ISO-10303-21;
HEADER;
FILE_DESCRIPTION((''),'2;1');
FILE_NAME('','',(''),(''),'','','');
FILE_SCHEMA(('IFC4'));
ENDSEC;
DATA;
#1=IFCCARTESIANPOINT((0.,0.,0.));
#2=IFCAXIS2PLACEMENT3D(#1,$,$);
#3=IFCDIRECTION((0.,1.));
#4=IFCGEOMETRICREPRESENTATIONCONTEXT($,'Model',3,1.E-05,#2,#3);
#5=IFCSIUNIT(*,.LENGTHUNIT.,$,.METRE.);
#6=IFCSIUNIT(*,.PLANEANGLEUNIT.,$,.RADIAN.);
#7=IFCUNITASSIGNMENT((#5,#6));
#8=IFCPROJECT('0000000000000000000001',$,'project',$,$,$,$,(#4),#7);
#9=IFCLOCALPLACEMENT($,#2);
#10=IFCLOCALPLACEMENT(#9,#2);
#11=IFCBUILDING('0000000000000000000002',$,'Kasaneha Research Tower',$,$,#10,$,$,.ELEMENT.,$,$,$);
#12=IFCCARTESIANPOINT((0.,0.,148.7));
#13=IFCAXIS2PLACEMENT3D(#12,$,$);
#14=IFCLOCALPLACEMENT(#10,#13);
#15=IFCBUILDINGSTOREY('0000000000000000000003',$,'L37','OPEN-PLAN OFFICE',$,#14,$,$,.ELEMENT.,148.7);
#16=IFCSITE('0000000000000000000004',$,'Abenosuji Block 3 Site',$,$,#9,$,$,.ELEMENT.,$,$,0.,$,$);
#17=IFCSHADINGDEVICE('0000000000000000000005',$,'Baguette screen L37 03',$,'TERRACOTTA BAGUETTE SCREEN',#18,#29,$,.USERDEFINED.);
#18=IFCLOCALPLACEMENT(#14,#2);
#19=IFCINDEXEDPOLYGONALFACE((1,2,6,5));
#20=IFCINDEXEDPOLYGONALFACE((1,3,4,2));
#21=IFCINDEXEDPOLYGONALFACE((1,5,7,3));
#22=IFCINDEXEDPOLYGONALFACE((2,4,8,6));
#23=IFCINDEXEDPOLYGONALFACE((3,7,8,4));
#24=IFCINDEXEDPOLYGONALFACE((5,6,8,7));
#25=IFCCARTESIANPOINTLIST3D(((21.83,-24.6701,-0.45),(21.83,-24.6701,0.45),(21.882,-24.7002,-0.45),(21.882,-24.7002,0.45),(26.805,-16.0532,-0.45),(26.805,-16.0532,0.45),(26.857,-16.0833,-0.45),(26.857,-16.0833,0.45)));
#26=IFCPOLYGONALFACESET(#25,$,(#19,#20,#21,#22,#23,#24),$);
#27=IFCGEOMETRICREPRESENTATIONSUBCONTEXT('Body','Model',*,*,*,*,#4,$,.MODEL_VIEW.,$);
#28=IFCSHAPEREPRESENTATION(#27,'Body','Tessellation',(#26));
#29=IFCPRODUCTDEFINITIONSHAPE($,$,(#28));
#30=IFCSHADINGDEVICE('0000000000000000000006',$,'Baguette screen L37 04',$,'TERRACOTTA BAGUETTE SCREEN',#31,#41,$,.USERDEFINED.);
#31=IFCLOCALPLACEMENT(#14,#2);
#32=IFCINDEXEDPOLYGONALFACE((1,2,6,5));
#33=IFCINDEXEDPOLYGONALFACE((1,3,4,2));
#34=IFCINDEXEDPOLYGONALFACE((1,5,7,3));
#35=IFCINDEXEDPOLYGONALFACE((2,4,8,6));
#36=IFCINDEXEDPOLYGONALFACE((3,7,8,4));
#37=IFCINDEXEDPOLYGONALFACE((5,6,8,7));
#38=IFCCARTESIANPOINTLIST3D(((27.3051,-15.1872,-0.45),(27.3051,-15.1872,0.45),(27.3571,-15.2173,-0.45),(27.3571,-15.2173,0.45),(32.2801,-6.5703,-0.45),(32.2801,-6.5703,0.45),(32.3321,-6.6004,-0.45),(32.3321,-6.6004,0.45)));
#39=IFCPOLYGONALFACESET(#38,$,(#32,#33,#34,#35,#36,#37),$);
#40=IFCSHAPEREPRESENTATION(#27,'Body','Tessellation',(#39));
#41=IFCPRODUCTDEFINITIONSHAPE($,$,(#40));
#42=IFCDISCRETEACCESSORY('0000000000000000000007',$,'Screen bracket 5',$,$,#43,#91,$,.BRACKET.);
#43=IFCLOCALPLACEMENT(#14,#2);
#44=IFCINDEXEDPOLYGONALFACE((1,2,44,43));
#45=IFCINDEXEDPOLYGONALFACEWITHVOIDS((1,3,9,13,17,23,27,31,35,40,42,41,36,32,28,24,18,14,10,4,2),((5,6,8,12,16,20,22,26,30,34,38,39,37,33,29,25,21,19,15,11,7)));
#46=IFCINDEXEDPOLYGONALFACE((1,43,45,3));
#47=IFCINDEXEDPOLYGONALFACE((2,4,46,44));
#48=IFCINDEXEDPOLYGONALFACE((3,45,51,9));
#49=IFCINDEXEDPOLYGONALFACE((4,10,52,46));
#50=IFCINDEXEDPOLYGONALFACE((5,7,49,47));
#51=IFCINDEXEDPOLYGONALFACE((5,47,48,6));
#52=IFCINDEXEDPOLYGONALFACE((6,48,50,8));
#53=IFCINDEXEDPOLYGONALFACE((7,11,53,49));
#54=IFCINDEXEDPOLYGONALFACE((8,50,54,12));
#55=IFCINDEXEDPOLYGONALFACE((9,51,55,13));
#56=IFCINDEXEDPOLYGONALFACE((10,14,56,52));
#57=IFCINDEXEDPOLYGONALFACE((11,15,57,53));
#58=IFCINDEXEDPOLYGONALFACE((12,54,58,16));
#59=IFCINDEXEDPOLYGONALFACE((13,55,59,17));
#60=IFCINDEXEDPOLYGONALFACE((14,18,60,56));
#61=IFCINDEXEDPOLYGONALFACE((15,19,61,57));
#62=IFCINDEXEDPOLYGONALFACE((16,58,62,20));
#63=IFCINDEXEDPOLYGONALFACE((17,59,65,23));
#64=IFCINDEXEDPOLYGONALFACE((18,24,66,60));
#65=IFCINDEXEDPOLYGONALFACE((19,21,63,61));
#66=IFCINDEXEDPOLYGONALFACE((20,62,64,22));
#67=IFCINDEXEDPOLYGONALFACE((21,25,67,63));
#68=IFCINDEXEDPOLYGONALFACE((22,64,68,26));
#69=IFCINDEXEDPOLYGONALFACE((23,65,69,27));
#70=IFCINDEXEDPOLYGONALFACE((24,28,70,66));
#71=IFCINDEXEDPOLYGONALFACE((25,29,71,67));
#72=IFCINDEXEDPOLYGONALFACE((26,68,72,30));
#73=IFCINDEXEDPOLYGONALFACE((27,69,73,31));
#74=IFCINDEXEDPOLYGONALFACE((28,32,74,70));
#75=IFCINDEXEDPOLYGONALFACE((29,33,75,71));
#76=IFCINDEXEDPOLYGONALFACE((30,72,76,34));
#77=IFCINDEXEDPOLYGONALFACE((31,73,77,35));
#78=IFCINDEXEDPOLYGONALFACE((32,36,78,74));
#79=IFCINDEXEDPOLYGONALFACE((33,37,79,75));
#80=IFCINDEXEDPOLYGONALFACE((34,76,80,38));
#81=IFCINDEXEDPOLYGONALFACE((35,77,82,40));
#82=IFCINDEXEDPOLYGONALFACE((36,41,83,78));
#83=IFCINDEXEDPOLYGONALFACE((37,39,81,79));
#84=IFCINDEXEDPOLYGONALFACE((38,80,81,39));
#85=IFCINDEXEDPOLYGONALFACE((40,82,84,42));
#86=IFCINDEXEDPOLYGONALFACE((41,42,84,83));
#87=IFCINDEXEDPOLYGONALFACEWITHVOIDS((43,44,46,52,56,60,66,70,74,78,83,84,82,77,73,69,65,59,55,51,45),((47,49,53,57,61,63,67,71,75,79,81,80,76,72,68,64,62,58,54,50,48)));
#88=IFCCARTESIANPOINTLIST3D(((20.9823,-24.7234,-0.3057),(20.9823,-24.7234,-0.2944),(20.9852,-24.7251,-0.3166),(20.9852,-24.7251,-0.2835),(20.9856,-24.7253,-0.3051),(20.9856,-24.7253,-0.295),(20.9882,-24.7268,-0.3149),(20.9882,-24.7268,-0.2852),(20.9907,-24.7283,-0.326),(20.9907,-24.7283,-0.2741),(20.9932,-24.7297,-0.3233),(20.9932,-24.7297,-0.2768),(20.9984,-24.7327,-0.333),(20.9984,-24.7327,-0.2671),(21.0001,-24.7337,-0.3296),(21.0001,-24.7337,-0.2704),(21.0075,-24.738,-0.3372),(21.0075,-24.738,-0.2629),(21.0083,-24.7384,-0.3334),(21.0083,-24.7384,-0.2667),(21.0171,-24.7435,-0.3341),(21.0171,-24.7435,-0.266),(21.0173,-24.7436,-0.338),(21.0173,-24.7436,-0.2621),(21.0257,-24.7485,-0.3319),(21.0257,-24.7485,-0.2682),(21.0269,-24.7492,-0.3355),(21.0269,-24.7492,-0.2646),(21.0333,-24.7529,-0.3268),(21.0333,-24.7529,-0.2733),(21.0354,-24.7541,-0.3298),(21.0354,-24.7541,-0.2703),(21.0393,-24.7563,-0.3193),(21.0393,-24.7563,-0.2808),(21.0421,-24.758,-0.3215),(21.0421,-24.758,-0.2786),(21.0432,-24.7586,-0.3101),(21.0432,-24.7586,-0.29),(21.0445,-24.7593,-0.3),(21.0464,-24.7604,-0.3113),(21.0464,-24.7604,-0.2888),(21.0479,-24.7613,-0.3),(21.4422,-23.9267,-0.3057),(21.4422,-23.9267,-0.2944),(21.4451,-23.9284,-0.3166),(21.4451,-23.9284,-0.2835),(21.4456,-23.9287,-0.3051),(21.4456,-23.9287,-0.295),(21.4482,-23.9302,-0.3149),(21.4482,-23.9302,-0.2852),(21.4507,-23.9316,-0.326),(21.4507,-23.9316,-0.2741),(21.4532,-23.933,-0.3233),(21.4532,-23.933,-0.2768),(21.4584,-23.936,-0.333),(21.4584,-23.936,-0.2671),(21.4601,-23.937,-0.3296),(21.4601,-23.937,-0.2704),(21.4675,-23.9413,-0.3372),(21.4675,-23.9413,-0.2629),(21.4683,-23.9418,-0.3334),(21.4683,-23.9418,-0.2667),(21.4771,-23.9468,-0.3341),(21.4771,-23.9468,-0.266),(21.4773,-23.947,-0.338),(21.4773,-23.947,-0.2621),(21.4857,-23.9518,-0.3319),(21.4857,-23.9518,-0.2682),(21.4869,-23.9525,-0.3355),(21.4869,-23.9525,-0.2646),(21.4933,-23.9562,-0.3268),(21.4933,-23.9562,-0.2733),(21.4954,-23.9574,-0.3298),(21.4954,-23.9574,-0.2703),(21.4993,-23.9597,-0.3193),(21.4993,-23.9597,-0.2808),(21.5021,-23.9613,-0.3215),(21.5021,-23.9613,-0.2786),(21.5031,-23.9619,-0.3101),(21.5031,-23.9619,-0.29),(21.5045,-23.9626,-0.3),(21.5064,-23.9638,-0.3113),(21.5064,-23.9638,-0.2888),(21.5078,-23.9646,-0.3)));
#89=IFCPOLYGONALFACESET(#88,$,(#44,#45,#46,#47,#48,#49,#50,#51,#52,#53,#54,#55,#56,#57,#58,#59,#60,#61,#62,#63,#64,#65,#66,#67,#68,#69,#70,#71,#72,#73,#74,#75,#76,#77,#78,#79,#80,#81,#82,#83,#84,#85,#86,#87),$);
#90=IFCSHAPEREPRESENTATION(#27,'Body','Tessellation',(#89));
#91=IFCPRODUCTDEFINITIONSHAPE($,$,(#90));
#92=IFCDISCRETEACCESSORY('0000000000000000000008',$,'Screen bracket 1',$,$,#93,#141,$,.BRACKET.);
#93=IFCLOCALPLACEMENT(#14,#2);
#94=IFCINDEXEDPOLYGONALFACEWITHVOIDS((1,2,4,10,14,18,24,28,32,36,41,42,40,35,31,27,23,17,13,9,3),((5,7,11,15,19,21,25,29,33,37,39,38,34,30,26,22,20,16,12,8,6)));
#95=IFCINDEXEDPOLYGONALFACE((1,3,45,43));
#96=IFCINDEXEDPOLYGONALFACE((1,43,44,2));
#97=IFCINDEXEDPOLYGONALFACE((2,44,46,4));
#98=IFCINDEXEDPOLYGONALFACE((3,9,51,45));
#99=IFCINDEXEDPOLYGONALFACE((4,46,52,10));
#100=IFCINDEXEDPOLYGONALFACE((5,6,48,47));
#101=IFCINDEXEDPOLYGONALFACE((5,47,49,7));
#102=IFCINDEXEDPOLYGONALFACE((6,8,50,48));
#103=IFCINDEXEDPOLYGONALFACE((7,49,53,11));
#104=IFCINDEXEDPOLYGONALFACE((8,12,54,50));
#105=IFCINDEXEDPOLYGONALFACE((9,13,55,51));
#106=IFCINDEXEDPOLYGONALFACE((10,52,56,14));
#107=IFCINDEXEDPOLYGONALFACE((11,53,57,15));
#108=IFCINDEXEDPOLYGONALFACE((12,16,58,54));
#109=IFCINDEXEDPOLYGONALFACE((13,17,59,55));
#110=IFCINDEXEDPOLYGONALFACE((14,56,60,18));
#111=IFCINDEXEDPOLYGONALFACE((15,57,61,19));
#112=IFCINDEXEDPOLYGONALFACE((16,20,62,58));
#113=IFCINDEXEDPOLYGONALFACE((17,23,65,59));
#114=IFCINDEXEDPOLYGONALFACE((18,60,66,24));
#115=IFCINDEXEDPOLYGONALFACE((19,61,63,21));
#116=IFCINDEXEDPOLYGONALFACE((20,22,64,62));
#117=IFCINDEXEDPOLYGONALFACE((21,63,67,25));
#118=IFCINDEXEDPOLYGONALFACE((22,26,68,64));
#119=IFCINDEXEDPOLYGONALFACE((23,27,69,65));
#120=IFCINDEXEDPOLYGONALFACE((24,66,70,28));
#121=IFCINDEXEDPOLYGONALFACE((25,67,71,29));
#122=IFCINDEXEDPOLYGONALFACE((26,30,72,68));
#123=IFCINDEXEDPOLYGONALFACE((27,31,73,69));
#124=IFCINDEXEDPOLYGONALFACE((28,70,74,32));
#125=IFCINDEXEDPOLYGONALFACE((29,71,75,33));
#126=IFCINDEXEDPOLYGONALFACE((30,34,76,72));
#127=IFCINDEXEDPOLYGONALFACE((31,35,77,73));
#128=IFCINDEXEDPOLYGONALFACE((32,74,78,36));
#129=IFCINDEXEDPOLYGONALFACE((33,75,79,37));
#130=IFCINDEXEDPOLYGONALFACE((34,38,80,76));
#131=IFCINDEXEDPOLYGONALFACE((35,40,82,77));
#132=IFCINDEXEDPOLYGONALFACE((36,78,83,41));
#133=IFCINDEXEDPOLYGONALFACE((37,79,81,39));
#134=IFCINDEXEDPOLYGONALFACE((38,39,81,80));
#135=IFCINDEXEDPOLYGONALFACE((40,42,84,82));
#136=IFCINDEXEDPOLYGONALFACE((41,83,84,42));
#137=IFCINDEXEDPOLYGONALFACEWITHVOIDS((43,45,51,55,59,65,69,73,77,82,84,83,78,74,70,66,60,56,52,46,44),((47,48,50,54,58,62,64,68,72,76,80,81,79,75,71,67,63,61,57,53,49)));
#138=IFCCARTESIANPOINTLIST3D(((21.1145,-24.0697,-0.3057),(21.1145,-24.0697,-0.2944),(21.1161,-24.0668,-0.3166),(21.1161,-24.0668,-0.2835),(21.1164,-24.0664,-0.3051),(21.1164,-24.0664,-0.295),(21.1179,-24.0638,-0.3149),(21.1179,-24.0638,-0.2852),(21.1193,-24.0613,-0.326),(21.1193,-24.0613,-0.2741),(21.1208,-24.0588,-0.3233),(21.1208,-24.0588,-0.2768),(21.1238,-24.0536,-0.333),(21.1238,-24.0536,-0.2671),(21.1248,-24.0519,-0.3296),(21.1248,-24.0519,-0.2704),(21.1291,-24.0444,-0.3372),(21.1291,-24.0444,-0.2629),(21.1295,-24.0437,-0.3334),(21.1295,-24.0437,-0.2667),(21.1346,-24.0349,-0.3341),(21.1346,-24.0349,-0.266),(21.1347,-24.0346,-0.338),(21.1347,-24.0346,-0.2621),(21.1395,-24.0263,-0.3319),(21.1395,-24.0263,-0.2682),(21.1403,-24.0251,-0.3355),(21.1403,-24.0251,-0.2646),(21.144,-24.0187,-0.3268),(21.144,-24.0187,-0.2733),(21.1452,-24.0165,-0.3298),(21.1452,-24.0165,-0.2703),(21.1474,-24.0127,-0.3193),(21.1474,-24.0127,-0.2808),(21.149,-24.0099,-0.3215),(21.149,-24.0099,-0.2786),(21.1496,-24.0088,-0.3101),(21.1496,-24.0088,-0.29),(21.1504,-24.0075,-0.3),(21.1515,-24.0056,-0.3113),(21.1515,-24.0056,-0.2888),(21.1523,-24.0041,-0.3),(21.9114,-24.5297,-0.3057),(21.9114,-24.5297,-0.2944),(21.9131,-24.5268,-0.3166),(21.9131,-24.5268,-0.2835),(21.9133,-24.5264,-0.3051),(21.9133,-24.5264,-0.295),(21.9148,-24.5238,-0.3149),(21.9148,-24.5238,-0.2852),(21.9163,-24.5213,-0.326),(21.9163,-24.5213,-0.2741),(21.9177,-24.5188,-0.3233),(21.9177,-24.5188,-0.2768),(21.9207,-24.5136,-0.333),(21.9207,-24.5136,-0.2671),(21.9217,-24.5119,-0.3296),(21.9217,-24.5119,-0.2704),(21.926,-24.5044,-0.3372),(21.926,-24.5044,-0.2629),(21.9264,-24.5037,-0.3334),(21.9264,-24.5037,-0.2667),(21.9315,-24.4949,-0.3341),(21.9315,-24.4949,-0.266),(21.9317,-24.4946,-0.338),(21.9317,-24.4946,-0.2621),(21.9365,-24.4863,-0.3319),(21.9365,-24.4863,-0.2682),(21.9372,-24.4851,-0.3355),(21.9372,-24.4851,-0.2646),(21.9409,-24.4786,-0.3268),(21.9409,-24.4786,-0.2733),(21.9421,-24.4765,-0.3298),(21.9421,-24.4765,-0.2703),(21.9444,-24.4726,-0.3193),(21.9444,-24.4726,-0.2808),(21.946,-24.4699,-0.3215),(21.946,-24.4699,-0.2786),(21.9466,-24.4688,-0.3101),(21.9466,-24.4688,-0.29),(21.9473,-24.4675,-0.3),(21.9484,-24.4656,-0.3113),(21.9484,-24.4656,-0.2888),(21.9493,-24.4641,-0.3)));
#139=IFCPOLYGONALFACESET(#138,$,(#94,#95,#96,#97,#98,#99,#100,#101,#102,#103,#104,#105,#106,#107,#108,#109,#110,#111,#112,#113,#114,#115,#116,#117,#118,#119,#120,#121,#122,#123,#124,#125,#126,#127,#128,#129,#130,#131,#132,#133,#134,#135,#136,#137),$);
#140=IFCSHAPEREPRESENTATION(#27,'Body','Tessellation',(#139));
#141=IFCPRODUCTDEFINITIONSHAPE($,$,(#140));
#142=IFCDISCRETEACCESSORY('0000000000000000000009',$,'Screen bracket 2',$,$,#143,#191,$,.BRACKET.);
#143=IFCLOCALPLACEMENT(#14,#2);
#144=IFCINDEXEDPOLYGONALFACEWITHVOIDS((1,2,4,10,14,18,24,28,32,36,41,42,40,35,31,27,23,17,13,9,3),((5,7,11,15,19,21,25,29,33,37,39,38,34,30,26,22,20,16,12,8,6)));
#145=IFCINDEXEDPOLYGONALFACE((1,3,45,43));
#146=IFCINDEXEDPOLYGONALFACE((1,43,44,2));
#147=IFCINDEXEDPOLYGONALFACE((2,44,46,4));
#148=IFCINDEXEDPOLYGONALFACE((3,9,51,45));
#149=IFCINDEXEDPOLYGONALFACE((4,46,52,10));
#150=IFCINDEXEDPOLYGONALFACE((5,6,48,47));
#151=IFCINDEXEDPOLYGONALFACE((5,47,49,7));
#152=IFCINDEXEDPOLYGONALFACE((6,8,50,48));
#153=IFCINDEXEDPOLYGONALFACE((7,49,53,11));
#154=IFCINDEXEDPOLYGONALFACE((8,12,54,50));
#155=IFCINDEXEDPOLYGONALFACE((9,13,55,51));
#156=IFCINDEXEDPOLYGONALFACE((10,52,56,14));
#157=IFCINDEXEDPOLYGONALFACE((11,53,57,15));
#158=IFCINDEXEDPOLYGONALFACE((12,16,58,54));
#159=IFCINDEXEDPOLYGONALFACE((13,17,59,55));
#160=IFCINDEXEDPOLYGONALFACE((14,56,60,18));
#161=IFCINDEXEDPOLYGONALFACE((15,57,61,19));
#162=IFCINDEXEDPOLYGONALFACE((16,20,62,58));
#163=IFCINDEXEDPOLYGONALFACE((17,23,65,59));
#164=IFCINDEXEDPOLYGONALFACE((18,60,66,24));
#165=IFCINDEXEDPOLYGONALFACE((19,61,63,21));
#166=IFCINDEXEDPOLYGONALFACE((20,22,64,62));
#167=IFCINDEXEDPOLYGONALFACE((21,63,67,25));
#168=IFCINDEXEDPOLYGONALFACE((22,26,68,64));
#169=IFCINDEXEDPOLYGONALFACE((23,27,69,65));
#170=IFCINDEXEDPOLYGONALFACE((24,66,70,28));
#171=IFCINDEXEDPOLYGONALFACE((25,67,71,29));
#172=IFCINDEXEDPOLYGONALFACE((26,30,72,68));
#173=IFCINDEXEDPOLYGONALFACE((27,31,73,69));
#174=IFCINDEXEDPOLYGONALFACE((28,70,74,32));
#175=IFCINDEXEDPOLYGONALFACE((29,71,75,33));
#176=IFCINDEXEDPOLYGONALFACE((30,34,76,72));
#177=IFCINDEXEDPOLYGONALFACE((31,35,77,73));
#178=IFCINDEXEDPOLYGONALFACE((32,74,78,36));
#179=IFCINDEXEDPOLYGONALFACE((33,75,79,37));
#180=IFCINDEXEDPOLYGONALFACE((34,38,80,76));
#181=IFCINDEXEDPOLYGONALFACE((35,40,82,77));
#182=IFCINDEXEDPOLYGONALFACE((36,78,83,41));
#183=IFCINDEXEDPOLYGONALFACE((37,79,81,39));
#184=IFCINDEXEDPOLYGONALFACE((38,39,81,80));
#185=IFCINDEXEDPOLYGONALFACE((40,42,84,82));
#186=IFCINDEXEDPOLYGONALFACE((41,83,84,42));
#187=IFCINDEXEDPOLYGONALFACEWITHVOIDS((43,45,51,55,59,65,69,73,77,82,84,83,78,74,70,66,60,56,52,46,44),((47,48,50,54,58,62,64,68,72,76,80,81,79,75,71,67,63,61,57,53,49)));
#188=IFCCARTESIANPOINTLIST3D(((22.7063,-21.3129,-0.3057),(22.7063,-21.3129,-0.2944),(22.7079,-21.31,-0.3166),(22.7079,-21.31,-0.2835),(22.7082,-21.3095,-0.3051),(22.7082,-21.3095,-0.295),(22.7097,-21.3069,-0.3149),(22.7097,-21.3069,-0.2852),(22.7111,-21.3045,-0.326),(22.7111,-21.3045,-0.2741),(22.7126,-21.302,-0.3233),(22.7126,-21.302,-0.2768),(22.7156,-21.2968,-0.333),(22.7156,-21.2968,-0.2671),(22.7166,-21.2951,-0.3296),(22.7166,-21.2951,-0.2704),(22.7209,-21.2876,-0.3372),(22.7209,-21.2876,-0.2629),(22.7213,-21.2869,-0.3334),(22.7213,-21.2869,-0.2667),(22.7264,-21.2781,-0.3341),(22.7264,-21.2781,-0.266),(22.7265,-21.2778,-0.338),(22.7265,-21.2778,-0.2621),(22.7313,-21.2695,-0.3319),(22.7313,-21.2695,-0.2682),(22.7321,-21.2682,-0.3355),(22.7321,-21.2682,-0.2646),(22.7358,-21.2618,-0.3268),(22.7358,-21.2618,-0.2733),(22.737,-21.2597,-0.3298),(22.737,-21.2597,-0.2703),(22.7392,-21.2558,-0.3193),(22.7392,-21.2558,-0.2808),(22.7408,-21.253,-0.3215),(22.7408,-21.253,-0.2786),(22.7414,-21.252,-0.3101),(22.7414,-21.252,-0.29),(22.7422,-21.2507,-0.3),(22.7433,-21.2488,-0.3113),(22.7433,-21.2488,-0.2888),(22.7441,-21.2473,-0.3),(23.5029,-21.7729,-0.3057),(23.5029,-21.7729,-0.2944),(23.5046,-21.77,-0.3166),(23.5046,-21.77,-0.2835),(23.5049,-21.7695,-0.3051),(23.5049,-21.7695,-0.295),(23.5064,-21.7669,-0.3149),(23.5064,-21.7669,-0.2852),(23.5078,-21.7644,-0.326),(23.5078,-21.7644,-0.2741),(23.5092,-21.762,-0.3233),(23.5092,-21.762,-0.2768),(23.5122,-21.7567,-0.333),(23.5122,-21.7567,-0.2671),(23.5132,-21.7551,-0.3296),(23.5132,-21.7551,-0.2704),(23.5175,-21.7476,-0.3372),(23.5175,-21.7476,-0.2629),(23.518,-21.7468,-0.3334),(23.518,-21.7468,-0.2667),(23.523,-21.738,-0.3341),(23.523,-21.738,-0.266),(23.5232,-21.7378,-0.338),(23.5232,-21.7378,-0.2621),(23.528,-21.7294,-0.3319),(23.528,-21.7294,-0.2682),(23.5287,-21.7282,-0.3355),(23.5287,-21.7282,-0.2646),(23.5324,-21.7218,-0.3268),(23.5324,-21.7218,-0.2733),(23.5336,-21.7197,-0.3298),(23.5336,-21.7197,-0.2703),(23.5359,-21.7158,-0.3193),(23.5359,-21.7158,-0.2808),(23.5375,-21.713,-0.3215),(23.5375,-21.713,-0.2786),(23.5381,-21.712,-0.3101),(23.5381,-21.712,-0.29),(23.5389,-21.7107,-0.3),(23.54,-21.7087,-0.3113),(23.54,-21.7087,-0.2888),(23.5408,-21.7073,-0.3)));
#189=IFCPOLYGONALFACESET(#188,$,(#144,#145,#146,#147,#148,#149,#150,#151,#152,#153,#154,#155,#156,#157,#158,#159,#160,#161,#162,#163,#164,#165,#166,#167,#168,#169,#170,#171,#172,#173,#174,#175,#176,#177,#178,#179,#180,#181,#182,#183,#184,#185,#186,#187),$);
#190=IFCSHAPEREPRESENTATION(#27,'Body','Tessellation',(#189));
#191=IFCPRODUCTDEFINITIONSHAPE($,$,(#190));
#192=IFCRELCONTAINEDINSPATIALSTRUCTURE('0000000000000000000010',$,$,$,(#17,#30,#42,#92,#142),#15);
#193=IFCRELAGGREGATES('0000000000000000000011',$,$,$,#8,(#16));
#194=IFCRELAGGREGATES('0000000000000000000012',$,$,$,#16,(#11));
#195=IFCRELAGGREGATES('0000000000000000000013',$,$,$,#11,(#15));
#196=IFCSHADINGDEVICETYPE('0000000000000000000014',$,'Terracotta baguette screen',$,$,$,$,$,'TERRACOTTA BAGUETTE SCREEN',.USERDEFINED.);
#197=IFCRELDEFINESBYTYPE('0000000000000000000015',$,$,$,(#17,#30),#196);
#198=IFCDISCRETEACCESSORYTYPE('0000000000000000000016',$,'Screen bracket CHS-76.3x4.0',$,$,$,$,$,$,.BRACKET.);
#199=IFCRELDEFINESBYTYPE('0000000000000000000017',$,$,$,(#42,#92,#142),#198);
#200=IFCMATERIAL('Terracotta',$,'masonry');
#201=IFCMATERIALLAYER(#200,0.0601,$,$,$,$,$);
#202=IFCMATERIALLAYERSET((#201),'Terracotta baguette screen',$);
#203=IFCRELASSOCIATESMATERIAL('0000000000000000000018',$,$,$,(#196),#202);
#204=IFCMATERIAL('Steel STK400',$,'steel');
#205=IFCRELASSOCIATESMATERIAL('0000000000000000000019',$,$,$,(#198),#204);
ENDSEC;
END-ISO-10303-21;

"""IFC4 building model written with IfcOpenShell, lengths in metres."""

from ifc_helpers import new_model, si_unit, direction, frame, origin, origin_2d, place, context, subcontext, project, spatial, rectangle, hollow_circle, extrude, material, layer, layer_set, material_profile, profile_set, type_object, element, save


model = new_model("IFC4")

# Units and contexts
model_context = context("Model", 3, precision=1e-05, world=origin(), true_north=direction((0.0, 1.0)))
body_context = subcontext(model_context, "Body", "Model", "MODEL_VIEW")
ifc_project = project(units=[si_unit("LENGTHUNIT", "METRE"), si_unit("PLANEANGLEUNIT", "RADIAN")], contexts=[model_context])

# Site, building, storey
site_placement = place(None, origin())
site = spatial("IfcSite", under=ifc_project, at=site_placement, Name="Abenosuji Block 3 Site", CompositionType="ELEMENT", RefElevation=0.0)
building_placement = place(site_placement, origin())
building = spatial("IfcBuilding", under=site, at=building_placement, Name="Kasaneha Research Tower", CompositionType="ELEMENT")
storey_placement = place(building_placement, frame((0.0, 0.0, 148.7)))
storey = spatial("IfcBuildingStorey", under=building, at=storey_placement, Name="L37", Description="OPEN-PLAN OFFICE", CompositionType="ELEMENT", Elevation=148.7)

# Shading devices
ifc_material_1 = material(Name="Terracotta", Category="masonry")
ifc_layer_1 = layer(ifc_material_1, 0.0601)
ifc_layer_set_1 = layer_set([ifc_layer_1], Name="Terracotta baguette screen")
shading_device_type = type_object("IfcShadingDeviceType", Name="Terracotta baguette screen", ElementType="TERRACOTTA BAGUETTE SCREEN", PredefinedType="USERDEFINED", material=ifc_layer_set_1)
for number, where, z_axis, x_axis, name in (
    (1, (24.3435, -20.3767, -0.45), (0.0, 0.0, 1.0), (0.5, 0.866025, 0.0), "Baguette screen L37 03"),
    (2, (29.8186, -10.8938, -0.45), (0.0, 0.0, 1.0), (0.5, 0.866025, 0.0), "Baguette screen L37 04"),
):
    element("IfcShadingDevice", number, at=place(storey_placement, frame(where, z_axis=z_axis, x_axis=x_axis)), inside=storey, type_object=shading_device_type, Name=name, ObjectType="TERRACOTTA BAGUETTE SCREEN", PredefinedType="USERDEFINED", context=body_context, shape_type="SweptSolid", body=[
        extrude(rectangle(XDim=9.95, YDim=0.0601, at=origin_2d()), origin(), (0.0, 0.0, 1.0), 0.8999),
    ])

# Discrete accessories
ifc_material_2 = material(Name="Steel STK400", Category="steel")
ifc_material_profile_1 = material_profile(ifc_material_2, hollow_circle(Radius=0.0381, WallThickness=0.0039, at=origin_2d()), Name="CHS-76.3x4.0")
ifc_profile_set_1 = profile_set([ifc_material_profile_1], Name="Steel STK400")
discrete_accessory_type = type_object("IfcDiscreteAccessoryType", Name="Screen bracket CHS-76.3x4.0", PredefinedType="BRACKET", material=ifc_profile_set_1)
discrete_accessory_1_placement = place(storey_placement, frame((21.4749, -23.9456, -0.3), z_axis=(-0.500021, -0.866013, 0.0), x_axis=(0.866013, -0.500021, 0.0)))
element("IfcDiscreteAccessory", 3, at=discrete_accessory_1_placement, inside=storey, type_object=discrete_accessory_type, Name="Screen bracket 5", PredefinedType="BRACKET", context=body_context, shape_type="SweptSolid", body=[
    extrude(hollow_circle(Radius=0.0381, WallThickness=0.0039, at=origin_2d()), origin(), (0.0, 0.0, 1.0), 0.9199),
])
discrete_accessory_2_placement = place(storey_placement, frame((21.1333, -24.0371, -0.3), z_axis=(0.86608, -0.499906, 0.0), x_axis=(0.499906, 0.86608, 0.0)))
element("IfcDiscreteAccessory", 4, at=discrete_accessory_2_placement, inside=storey, type_object=discrete_accessory_type, Name="Screen bracket 1", PredefinedType="BRACKET", context=body_context, shape_type="SweptSolid", body=[
    extrude(hollow_circle(Radius=0.0381, WallThickness=0.0039, at=origin_2d()), origin(), (0.0, 0.0, 1.0), 0.9202),
])
discrete_accessory_3_placement = place(storey_placement, frame((22.7251, -21.2803, -0.3), z_axis=(0.866013, -0.500021, 0.0), x_axis=(0.500021, 0.866013, 0.0)))
element("IfcDiscreteAccessory", 5, at=discrete_accessory_3_placement, inside=storey, type_object=discrete_accessory_type, Name="Screen bracket 2", PredefinedType="BRACKET", context=body_context, shape_type="SweptSolid", body=[
    extrude(hollow_circle(Radius=0.0381, WallThickness=0.0039, at=origin_2d()), origin(), (0.0, 0.0, 1.0), 0.9199),
])

save(model, "model.ifc")
